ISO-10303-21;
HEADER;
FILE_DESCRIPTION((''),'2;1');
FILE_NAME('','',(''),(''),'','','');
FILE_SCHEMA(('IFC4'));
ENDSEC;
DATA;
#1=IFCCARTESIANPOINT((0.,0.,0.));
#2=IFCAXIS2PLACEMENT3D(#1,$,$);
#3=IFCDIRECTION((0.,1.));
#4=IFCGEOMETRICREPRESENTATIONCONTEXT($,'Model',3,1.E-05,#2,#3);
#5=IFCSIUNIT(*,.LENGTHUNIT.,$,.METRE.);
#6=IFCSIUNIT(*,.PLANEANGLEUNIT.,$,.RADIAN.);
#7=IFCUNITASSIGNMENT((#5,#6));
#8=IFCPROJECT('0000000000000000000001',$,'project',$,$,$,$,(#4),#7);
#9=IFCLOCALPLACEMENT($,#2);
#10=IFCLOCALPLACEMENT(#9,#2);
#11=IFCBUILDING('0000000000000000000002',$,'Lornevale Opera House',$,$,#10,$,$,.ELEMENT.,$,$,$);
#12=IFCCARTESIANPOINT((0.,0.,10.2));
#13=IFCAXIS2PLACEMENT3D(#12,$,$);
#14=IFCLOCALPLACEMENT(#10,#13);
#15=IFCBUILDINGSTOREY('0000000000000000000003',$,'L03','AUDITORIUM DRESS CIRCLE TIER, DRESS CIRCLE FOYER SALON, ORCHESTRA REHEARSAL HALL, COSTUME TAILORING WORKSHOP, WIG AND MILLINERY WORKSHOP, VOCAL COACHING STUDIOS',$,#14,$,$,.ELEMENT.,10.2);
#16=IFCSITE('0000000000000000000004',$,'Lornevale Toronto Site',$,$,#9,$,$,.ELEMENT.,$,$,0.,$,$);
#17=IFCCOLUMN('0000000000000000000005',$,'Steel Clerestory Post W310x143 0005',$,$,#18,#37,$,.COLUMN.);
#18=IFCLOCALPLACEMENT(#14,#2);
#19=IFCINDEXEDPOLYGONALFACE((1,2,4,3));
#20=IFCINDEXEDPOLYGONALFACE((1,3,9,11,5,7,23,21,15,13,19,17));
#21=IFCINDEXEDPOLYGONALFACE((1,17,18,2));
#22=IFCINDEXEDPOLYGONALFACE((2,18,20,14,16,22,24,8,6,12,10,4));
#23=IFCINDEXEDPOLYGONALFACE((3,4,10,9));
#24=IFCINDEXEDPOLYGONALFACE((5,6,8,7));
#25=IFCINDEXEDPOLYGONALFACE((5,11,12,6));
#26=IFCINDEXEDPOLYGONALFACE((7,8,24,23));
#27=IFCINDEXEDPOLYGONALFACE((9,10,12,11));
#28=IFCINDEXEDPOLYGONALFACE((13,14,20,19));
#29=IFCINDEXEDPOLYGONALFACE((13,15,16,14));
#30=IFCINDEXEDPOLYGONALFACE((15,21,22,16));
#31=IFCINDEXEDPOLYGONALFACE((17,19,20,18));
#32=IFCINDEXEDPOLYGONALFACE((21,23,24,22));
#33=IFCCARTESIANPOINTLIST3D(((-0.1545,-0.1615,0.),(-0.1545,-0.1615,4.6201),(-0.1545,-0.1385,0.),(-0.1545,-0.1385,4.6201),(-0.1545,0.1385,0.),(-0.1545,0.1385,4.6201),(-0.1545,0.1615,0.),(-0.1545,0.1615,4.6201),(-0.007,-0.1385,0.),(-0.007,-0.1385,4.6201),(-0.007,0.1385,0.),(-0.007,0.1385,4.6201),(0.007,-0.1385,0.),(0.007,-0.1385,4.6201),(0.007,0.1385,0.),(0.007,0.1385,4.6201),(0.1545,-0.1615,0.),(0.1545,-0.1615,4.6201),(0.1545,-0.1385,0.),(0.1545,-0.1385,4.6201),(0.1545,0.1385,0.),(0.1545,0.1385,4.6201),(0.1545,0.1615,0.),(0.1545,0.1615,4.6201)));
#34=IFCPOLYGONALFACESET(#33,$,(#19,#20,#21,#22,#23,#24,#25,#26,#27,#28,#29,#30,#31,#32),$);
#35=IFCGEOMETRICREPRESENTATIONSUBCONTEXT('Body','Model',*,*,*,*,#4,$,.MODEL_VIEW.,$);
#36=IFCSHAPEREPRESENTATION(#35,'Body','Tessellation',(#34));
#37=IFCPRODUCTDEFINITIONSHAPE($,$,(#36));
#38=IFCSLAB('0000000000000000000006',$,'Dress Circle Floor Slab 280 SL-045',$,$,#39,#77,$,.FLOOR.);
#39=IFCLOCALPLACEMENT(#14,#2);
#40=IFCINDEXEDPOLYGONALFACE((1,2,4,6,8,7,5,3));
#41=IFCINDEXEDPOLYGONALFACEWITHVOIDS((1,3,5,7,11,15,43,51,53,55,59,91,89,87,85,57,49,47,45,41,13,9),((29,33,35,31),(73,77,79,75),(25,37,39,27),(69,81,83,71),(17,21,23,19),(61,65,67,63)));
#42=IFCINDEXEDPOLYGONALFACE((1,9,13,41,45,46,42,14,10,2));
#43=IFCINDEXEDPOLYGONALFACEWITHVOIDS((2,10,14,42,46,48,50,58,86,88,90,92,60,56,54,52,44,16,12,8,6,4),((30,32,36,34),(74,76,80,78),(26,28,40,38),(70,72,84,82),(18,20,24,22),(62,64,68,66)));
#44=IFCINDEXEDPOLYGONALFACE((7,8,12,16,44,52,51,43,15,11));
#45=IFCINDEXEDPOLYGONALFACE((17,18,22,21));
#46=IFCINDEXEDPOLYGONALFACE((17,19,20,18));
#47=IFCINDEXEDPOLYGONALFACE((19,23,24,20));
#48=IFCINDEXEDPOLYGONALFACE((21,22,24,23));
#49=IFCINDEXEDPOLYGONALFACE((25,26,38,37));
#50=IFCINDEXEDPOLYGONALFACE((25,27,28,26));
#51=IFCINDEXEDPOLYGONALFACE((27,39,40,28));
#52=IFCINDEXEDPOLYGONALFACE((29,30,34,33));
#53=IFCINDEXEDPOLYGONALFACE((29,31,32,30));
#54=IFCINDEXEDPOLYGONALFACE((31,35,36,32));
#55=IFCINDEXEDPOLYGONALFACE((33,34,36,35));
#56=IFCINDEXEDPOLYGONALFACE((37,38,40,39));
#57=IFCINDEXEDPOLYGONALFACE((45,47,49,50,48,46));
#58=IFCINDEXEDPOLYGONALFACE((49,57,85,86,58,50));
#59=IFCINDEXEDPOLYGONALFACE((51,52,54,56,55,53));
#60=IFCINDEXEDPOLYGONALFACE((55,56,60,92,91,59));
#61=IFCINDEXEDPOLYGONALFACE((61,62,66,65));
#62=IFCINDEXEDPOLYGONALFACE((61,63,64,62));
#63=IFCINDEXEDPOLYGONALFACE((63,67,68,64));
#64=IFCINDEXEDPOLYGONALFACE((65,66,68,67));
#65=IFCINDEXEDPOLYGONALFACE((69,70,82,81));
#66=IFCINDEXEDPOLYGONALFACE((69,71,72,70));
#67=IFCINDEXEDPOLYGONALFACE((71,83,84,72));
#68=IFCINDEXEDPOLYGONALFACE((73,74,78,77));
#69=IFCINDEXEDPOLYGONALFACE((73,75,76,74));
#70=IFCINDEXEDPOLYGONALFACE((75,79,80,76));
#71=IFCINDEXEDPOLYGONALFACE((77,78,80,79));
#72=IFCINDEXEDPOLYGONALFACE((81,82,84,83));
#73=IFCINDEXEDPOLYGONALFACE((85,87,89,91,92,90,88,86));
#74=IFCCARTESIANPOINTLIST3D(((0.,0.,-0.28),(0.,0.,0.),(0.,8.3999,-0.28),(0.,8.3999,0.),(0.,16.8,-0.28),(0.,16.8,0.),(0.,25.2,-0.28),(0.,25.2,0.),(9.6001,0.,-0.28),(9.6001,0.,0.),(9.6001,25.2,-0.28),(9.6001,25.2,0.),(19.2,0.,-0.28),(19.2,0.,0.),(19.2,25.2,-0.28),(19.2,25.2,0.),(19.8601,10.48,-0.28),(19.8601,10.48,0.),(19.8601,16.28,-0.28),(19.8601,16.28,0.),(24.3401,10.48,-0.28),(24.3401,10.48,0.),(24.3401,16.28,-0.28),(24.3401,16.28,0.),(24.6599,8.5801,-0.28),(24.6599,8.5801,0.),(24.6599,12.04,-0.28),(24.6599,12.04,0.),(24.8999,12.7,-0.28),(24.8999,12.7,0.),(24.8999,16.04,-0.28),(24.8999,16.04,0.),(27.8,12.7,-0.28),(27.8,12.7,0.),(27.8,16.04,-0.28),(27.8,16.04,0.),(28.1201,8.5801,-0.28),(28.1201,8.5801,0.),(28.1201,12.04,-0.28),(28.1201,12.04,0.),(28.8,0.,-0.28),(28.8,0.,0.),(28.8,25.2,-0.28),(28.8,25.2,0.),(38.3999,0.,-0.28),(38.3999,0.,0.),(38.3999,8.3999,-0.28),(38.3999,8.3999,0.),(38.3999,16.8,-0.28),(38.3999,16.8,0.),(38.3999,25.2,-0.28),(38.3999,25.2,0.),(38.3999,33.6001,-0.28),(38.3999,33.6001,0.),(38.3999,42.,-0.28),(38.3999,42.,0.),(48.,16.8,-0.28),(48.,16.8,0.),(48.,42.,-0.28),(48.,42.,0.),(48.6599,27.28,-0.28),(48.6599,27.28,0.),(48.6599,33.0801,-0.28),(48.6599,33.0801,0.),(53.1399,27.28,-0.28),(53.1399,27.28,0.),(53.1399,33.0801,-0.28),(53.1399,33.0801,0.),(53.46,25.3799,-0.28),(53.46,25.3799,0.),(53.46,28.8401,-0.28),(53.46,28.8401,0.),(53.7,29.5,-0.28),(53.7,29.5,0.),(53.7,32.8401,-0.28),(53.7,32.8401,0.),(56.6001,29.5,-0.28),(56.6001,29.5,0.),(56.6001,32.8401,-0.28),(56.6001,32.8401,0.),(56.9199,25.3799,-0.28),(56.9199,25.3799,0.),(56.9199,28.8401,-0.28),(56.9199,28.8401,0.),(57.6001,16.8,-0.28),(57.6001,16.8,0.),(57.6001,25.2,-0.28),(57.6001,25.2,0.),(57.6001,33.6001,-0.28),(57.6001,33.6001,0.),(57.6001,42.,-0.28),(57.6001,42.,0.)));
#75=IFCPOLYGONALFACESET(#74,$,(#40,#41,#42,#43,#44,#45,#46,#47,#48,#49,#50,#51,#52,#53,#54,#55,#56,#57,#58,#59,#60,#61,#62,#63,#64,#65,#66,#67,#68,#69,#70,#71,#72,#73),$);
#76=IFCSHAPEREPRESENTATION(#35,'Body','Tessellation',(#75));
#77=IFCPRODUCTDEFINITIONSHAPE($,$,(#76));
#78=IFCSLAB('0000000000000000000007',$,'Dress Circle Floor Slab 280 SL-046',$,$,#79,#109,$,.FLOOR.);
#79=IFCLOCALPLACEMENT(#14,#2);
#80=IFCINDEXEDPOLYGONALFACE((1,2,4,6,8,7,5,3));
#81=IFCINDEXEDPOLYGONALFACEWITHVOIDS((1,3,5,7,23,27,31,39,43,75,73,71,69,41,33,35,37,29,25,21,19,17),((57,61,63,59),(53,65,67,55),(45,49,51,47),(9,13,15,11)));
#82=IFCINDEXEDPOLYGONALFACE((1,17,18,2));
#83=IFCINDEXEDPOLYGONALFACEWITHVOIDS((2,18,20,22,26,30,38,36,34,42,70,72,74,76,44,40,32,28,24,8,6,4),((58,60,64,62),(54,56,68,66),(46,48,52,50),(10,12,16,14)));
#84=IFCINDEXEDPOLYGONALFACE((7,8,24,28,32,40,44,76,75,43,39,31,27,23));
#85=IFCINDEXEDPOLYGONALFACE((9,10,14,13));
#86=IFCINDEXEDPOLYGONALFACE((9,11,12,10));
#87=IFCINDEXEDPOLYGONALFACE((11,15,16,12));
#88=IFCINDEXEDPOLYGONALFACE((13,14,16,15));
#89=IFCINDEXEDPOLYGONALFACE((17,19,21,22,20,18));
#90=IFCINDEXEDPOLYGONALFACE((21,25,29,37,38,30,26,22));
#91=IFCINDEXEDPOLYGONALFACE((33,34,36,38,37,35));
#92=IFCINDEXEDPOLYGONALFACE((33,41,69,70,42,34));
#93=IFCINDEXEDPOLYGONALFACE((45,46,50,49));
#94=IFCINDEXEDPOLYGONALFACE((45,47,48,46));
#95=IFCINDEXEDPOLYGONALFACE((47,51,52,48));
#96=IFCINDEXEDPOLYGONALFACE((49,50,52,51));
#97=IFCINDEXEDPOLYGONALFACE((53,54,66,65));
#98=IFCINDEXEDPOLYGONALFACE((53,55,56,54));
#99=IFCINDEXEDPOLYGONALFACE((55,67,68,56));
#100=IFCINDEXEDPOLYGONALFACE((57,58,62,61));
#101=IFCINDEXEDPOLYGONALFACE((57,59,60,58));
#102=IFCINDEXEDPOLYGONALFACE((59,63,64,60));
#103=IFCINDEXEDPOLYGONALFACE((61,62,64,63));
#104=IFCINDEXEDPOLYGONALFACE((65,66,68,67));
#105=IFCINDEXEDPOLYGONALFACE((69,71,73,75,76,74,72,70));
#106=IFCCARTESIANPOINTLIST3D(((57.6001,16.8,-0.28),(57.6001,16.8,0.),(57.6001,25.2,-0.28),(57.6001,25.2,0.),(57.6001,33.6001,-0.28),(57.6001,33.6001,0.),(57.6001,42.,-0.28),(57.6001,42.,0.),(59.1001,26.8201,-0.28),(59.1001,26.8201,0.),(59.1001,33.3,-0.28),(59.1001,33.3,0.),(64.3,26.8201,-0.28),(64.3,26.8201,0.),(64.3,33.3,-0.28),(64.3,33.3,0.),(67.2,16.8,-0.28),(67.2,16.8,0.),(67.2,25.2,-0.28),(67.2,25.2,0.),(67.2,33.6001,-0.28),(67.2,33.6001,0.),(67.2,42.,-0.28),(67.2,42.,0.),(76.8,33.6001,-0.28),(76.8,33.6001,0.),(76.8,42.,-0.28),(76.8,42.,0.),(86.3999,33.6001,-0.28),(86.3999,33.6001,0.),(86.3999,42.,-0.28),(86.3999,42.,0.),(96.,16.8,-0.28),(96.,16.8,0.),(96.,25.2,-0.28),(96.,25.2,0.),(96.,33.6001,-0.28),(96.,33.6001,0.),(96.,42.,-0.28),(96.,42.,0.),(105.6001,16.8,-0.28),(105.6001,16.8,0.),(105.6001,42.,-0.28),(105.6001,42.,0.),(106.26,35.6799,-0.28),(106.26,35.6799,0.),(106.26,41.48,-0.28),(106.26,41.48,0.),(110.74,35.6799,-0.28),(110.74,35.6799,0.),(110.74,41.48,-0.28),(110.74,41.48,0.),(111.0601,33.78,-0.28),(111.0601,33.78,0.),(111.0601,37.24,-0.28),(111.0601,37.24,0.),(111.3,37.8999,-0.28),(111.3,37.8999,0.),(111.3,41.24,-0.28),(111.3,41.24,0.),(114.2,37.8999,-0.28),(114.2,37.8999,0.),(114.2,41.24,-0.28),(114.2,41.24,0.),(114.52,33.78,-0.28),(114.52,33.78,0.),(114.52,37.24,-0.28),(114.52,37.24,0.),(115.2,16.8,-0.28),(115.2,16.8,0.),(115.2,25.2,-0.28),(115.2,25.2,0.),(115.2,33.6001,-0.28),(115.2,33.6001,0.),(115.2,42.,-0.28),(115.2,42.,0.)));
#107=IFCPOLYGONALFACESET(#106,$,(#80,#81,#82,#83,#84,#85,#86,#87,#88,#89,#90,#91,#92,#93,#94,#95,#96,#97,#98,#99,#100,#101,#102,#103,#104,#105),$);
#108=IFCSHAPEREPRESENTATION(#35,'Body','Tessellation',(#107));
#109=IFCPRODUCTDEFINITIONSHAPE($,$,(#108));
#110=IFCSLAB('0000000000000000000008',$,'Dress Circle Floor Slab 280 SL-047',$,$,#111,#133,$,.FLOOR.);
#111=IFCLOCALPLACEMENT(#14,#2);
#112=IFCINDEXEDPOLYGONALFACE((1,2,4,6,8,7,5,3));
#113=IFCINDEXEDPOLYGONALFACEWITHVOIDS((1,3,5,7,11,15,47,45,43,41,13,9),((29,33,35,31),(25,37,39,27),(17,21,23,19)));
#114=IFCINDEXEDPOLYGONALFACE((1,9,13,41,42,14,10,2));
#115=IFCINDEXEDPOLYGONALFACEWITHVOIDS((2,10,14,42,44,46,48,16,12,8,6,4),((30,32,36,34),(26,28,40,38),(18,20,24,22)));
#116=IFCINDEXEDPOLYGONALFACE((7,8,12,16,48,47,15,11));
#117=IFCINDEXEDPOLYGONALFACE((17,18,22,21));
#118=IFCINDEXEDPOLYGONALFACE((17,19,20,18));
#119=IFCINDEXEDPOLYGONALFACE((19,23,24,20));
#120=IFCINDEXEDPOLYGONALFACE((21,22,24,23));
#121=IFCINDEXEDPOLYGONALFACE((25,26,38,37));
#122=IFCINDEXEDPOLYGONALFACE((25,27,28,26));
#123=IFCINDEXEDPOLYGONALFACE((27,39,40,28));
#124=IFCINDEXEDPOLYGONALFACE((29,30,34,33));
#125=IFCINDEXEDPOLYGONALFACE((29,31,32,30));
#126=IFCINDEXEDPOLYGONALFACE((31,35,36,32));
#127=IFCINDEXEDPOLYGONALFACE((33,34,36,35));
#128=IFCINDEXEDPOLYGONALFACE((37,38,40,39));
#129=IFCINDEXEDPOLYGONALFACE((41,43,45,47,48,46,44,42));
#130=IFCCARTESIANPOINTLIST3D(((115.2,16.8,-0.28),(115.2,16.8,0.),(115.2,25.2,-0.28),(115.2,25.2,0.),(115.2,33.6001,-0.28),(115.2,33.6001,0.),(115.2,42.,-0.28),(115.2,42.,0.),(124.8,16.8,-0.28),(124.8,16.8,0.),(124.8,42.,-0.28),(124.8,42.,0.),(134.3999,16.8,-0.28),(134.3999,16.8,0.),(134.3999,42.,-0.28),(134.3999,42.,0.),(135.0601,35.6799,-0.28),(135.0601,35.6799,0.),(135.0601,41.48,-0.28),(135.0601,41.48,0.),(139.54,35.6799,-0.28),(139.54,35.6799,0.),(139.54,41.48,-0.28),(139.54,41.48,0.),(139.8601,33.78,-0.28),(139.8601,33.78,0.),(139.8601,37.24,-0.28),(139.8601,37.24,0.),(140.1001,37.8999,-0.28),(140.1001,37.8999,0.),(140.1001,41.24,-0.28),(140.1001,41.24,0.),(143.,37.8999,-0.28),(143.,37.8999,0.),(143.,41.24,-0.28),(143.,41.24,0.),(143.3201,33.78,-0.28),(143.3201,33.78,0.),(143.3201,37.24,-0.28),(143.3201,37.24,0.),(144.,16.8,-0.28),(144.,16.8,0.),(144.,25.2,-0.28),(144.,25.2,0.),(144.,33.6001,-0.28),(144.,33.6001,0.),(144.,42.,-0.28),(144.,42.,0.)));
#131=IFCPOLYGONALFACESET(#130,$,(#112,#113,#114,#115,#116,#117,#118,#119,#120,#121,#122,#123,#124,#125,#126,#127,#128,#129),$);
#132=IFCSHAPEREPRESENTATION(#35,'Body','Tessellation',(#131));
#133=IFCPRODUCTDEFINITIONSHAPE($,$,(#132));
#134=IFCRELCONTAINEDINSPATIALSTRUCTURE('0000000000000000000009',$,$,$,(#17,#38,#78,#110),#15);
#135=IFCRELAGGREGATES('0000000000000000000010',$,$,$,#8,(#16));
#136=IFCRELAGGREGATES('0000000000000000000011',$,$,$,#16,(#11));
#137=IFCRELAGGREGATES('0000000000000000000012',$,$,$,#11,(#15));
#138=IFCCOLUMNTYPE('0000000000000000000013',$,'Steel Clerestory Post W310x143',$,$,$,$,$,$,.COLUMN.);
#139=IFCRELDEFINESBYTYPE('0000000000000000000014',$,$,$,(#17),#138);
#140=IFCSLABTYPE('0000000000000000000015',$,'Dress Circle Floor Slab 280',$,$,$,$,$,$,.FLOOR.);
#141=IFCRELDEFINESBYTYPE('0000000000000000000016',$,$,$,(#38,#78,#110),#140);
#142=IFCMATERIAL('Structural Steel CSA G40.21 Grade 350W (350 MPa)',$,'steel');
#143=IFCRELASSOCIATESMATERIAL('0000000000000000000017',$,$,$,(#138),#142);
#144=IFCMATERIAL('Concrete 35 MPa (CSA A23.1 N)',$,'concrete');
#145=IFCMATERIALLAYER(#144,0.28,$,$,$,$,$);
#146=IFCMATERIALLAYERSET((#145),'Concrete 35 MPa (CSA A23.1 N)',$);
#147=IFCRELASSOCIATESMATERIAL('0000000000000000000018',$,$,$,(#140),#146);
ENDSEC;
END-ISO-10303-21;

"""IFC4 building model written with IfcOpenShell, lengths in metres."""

from ifc_helpers import new_model, si_unit, direction, frame, origin, origin_with_axes, origin_2d, place, context, subcontext, project, spatial, polyline, i_section, outline, extrude, material, layer, layer_set, material_profile, profile_set, type_object, element, save


model = new_model("IFC4")

# Units and contexts
model_context = context("Model", 3, precision=1e-05, world=origin(), true_north=direction((0.0, 1.0)))
body_context = subcontext(model_context, "Body", "Model", "MODEL_VIEW")
ifc_project = project(units=[si_unit("LENGTHUNIT", "METRE"), si_unit("PLANEANGLEUNIT", "RADIAN")], contexts=[model_context])

# Site, building, storey
site_placement = place(None, origin())
site = spatial("IfcSite", under=ifc_project, at=site_placement, Name="Lornevale Toronto Site", CompositionType="ELEMENT", RefElevation=0.0)
building_placement = place(site_placement, origin())
building = spatial("IfcBuilding", under=site, at=building_placement, Name="Lornevale Opera House", CompositionType="ELEMENT")
storey_placement = place(building_placement, frame((0.0, 0.0, 10.2)))
storey = spatial("IfcBuildingStorey", under=building, at=storey_placement, Name="L03", Description="AUDITORIUM DRESS CIRCLE TIER, DRESS CIRCLE FOYER SALON, ORCHESTRA REHEARSAL HALL, COSTUME TAILORING WORKSHOP, WIG AND MILLINERY WORKSHOP, VOCAL COACHING STUDIOS", CompositionType="ELEMENT", Elevation=10.2)

# Column
ifc_material_1 = material(Name="Structural Steel CSA G40.21 Grade 350W (350 MPa)", Category="steel")
ifc_material_profile = material_profile(ifc_material_1, i_section(OverallWidth=0.3091, OverallDepth=0.323, WebThickness=0.0139, FlangeThickness=0.0229, at=origin_2d()), Name="W310x143")
ifc_profile_set = profile_set([ifc_material_profile], Name="Structural Steel CSA G40.21 Grade 350W (350 MPa)")
column_type = type_object("IfcColumnType", Name="Steel Clerestory Post W310x143", PredefinedType="COLUMN", material=ifc_profile_set)
column_placement = place(storey_placement, origin_with_axes())
element("IfcColumn", 1, at=column_placement, inside=storey, type_object=column_type, Name="Steel Clerestory Post W310x143 0005", PredefinedType="COLUMN", context=body_context, shape_type="SweptSolid", body=[
    extrude(i_section(OverallWidth=0.3091, OverallDepth=0.323, WebThickness=0.0139, FlangeThickness=0.0229, at=origin_2d()), origin(), (0.0, 0.0, 1.0), 4.6201),
])

# Slabs
ifc_material_2 = material(Name="Concrete 35 MPa (CSA A23.1 N)", Category="concrete")
ifc_layer_1 = layer(ifc_material_2, 0.28)
ifc_layer_set_1 = layer_set([ifc_layer_1], Name="Concrete 35 MPa (CSA A23.1 N)")
slab_type_1 = type_object("IfcSlabType", Name="Dress Circle Floor Slab 280", PredefinedType="FLOOR", material=ifc_layer_set_1)
slab_1_placement = place(storey_placement, frame((0.0, 0.0, -0.28)))
element("IfcSlab", 2, at=slab_1_placement, inside=storey, type_object=slab_type_1, Name="Dress Circle Floor Slab 280 SL-045", PredefinedType="FLOOR", context=body_context, shape_type="SweptSolid", body=[
    extrude(outline(polyline([(0.0, 25.2), (9.6001, 25.2), (19.2, 25.2), (28.8, 25.2), (38.3999, 25.2), (38.3999, 33.6001), (38.3999, 42.0), (48.0, 42.0), (57.6001, 42.0), (57.6001, 33.6001), (57.6001, 25.2), (57.6001, 16.8), (48.0, 16.8), (38.3999, 16.8), (38.3999, 8.3999), (38.3999, 0.0), (28.8, 0.0), (19.2, 0.0), (9.6001, 0.0), (0.0, 0.0), (0.0, 8.3999), (0.0, 16.8), (0.0, 25.2)]), holes=[polyline([(53.46, 25.3799), (56.9199, 25.3799), (56.9199, 28.8401), (53.46, 28.8401), (53.46, 25.3799)]), polyline([(48.6599, 27.28), (53.1399, 27.28), (53.1399, 33.0801), (48.6599, 33.0801), (48.6599, 27.28)]), polyline([(24.6599, 8.5801), (28.1201, 8.5801), (28.1201, 12.04), (24.6599, 12.04), (24.6599, 8.5801)]), polyline([(19.8601, 10.48), (24.3401, 10.48), (24.3401, 16.28), (19.8601, 16.28), (19.8601, 10.48)]), polyline([(53.7, 29.5), (56.6001, 29.5), (56.6001, 32.8401), (53.7, 32.8401), (53.7, 29.5)]), polyline([(24.8999, 12.7), (27.8, 12.7), (27.8, 16.04), (24.8999, 16.04), (24.8999, 12.7)])]), origin(), (0.0, 0.0, 1.0), 0.28),
])
slab_2_placement = place(storey_placement, frame((0.0, 0.0, -0.28)))
element("IfcSlab", 3, at=slab_2_placement, inside=storey, type_object=slab_type_1, Name="Dress Circle Floor Slab 280 SL-046", PredefinedType="FLOOR", context=body_context, shape_type="SweptSolid", body=[
    extrude(outline(polyline([(57.6001, 25.2), (57.6001, 33.6001), (57.6001, 42.0), (67.2, 42.0), (76.8, 42.0), (86.3999, 42.0), (96.0, 42.0), (105.6001, 42.0), (115.2, 42.0), (115.2, 33.6001), (115.2, 25.2), (115.2, 16.8), (105.6001, 16.8), (96.0, 16.8), (96.0, 25.2), (96.0, 33.6001), (86.3999, 33.6001), (76.8, 33.6001), (67.2, 33.6001), (67.2, 25.2), (67.2, 16.8), (57.6001, 16.8), (57.6001, 25.2)]), holes=[polyline([(111.0601, 33.78), (114.52, 33.78), (114.52, 37.24), (111.0601, 37.24), (111.0601, 33.78)]), polyline([(106.26, 35.6799), (110.74, 35.6799), (110.74, 41.48), (106.26, 41.48), (106.26, 35.6799)]), polyline([(59.1001, 26.8201), (64.3, 26.8201), (64.3, 33.3), (59.1001, 33.3), (59.1001, 26.8201)]), polyline([(111.3, 37.8999), (114.2, 37.8999), (114.2, 41.24), (111.3, 41.24), (111.3, 37.8999)])]), origin(), (0.0, 0.0, 1.0), 0.28),
])
slab_3_placement = place(storey_placement, frame((0.0, 0.0, -0.28)))
element("IfcSlab", 4, at=slab_3_placement, inside=storey, type_object=slab_type_1, Name="Dress Circle Floor Slab 280 SL-047", PredefinedType="FLOOR", context=body_context, shape_type="SweptSolid", body=[
    extrude(outline(polyline([(115.2, 33.6001), (115.2, 42.0), (124.8, 42.0), (134.3999, 42.0), (144.0, 42.0), (144.0, 33.6001), (144.0, 25.2), (144.0, 16.8), (134.3999, 16.8), (124.8, 16.8), (115.2, 16.8), (115.2, 25.2), (115.2, 33.6001)]), holes=[polyline([(139.8601, 33.78), (143.3201, 33.78), (143.3201, 37.24), (139.8601, 37.24), (139.8601, 33.78)]), polyline([(135.0601, 35.6799), (139.54, 35.6799), (139.54, 41.48), (135.0601, 41.48), (135.0601, 35.6799)]), polyline([(140.1001, 37.8999), (143.0, 37.8999), (143.0, 41.24), (140.1001, 41.24), (140.1001, 37.8999)])]), origin(), (0.0, 0.0, 1.0), 0.28),
])

save(model, "model.ifc")
